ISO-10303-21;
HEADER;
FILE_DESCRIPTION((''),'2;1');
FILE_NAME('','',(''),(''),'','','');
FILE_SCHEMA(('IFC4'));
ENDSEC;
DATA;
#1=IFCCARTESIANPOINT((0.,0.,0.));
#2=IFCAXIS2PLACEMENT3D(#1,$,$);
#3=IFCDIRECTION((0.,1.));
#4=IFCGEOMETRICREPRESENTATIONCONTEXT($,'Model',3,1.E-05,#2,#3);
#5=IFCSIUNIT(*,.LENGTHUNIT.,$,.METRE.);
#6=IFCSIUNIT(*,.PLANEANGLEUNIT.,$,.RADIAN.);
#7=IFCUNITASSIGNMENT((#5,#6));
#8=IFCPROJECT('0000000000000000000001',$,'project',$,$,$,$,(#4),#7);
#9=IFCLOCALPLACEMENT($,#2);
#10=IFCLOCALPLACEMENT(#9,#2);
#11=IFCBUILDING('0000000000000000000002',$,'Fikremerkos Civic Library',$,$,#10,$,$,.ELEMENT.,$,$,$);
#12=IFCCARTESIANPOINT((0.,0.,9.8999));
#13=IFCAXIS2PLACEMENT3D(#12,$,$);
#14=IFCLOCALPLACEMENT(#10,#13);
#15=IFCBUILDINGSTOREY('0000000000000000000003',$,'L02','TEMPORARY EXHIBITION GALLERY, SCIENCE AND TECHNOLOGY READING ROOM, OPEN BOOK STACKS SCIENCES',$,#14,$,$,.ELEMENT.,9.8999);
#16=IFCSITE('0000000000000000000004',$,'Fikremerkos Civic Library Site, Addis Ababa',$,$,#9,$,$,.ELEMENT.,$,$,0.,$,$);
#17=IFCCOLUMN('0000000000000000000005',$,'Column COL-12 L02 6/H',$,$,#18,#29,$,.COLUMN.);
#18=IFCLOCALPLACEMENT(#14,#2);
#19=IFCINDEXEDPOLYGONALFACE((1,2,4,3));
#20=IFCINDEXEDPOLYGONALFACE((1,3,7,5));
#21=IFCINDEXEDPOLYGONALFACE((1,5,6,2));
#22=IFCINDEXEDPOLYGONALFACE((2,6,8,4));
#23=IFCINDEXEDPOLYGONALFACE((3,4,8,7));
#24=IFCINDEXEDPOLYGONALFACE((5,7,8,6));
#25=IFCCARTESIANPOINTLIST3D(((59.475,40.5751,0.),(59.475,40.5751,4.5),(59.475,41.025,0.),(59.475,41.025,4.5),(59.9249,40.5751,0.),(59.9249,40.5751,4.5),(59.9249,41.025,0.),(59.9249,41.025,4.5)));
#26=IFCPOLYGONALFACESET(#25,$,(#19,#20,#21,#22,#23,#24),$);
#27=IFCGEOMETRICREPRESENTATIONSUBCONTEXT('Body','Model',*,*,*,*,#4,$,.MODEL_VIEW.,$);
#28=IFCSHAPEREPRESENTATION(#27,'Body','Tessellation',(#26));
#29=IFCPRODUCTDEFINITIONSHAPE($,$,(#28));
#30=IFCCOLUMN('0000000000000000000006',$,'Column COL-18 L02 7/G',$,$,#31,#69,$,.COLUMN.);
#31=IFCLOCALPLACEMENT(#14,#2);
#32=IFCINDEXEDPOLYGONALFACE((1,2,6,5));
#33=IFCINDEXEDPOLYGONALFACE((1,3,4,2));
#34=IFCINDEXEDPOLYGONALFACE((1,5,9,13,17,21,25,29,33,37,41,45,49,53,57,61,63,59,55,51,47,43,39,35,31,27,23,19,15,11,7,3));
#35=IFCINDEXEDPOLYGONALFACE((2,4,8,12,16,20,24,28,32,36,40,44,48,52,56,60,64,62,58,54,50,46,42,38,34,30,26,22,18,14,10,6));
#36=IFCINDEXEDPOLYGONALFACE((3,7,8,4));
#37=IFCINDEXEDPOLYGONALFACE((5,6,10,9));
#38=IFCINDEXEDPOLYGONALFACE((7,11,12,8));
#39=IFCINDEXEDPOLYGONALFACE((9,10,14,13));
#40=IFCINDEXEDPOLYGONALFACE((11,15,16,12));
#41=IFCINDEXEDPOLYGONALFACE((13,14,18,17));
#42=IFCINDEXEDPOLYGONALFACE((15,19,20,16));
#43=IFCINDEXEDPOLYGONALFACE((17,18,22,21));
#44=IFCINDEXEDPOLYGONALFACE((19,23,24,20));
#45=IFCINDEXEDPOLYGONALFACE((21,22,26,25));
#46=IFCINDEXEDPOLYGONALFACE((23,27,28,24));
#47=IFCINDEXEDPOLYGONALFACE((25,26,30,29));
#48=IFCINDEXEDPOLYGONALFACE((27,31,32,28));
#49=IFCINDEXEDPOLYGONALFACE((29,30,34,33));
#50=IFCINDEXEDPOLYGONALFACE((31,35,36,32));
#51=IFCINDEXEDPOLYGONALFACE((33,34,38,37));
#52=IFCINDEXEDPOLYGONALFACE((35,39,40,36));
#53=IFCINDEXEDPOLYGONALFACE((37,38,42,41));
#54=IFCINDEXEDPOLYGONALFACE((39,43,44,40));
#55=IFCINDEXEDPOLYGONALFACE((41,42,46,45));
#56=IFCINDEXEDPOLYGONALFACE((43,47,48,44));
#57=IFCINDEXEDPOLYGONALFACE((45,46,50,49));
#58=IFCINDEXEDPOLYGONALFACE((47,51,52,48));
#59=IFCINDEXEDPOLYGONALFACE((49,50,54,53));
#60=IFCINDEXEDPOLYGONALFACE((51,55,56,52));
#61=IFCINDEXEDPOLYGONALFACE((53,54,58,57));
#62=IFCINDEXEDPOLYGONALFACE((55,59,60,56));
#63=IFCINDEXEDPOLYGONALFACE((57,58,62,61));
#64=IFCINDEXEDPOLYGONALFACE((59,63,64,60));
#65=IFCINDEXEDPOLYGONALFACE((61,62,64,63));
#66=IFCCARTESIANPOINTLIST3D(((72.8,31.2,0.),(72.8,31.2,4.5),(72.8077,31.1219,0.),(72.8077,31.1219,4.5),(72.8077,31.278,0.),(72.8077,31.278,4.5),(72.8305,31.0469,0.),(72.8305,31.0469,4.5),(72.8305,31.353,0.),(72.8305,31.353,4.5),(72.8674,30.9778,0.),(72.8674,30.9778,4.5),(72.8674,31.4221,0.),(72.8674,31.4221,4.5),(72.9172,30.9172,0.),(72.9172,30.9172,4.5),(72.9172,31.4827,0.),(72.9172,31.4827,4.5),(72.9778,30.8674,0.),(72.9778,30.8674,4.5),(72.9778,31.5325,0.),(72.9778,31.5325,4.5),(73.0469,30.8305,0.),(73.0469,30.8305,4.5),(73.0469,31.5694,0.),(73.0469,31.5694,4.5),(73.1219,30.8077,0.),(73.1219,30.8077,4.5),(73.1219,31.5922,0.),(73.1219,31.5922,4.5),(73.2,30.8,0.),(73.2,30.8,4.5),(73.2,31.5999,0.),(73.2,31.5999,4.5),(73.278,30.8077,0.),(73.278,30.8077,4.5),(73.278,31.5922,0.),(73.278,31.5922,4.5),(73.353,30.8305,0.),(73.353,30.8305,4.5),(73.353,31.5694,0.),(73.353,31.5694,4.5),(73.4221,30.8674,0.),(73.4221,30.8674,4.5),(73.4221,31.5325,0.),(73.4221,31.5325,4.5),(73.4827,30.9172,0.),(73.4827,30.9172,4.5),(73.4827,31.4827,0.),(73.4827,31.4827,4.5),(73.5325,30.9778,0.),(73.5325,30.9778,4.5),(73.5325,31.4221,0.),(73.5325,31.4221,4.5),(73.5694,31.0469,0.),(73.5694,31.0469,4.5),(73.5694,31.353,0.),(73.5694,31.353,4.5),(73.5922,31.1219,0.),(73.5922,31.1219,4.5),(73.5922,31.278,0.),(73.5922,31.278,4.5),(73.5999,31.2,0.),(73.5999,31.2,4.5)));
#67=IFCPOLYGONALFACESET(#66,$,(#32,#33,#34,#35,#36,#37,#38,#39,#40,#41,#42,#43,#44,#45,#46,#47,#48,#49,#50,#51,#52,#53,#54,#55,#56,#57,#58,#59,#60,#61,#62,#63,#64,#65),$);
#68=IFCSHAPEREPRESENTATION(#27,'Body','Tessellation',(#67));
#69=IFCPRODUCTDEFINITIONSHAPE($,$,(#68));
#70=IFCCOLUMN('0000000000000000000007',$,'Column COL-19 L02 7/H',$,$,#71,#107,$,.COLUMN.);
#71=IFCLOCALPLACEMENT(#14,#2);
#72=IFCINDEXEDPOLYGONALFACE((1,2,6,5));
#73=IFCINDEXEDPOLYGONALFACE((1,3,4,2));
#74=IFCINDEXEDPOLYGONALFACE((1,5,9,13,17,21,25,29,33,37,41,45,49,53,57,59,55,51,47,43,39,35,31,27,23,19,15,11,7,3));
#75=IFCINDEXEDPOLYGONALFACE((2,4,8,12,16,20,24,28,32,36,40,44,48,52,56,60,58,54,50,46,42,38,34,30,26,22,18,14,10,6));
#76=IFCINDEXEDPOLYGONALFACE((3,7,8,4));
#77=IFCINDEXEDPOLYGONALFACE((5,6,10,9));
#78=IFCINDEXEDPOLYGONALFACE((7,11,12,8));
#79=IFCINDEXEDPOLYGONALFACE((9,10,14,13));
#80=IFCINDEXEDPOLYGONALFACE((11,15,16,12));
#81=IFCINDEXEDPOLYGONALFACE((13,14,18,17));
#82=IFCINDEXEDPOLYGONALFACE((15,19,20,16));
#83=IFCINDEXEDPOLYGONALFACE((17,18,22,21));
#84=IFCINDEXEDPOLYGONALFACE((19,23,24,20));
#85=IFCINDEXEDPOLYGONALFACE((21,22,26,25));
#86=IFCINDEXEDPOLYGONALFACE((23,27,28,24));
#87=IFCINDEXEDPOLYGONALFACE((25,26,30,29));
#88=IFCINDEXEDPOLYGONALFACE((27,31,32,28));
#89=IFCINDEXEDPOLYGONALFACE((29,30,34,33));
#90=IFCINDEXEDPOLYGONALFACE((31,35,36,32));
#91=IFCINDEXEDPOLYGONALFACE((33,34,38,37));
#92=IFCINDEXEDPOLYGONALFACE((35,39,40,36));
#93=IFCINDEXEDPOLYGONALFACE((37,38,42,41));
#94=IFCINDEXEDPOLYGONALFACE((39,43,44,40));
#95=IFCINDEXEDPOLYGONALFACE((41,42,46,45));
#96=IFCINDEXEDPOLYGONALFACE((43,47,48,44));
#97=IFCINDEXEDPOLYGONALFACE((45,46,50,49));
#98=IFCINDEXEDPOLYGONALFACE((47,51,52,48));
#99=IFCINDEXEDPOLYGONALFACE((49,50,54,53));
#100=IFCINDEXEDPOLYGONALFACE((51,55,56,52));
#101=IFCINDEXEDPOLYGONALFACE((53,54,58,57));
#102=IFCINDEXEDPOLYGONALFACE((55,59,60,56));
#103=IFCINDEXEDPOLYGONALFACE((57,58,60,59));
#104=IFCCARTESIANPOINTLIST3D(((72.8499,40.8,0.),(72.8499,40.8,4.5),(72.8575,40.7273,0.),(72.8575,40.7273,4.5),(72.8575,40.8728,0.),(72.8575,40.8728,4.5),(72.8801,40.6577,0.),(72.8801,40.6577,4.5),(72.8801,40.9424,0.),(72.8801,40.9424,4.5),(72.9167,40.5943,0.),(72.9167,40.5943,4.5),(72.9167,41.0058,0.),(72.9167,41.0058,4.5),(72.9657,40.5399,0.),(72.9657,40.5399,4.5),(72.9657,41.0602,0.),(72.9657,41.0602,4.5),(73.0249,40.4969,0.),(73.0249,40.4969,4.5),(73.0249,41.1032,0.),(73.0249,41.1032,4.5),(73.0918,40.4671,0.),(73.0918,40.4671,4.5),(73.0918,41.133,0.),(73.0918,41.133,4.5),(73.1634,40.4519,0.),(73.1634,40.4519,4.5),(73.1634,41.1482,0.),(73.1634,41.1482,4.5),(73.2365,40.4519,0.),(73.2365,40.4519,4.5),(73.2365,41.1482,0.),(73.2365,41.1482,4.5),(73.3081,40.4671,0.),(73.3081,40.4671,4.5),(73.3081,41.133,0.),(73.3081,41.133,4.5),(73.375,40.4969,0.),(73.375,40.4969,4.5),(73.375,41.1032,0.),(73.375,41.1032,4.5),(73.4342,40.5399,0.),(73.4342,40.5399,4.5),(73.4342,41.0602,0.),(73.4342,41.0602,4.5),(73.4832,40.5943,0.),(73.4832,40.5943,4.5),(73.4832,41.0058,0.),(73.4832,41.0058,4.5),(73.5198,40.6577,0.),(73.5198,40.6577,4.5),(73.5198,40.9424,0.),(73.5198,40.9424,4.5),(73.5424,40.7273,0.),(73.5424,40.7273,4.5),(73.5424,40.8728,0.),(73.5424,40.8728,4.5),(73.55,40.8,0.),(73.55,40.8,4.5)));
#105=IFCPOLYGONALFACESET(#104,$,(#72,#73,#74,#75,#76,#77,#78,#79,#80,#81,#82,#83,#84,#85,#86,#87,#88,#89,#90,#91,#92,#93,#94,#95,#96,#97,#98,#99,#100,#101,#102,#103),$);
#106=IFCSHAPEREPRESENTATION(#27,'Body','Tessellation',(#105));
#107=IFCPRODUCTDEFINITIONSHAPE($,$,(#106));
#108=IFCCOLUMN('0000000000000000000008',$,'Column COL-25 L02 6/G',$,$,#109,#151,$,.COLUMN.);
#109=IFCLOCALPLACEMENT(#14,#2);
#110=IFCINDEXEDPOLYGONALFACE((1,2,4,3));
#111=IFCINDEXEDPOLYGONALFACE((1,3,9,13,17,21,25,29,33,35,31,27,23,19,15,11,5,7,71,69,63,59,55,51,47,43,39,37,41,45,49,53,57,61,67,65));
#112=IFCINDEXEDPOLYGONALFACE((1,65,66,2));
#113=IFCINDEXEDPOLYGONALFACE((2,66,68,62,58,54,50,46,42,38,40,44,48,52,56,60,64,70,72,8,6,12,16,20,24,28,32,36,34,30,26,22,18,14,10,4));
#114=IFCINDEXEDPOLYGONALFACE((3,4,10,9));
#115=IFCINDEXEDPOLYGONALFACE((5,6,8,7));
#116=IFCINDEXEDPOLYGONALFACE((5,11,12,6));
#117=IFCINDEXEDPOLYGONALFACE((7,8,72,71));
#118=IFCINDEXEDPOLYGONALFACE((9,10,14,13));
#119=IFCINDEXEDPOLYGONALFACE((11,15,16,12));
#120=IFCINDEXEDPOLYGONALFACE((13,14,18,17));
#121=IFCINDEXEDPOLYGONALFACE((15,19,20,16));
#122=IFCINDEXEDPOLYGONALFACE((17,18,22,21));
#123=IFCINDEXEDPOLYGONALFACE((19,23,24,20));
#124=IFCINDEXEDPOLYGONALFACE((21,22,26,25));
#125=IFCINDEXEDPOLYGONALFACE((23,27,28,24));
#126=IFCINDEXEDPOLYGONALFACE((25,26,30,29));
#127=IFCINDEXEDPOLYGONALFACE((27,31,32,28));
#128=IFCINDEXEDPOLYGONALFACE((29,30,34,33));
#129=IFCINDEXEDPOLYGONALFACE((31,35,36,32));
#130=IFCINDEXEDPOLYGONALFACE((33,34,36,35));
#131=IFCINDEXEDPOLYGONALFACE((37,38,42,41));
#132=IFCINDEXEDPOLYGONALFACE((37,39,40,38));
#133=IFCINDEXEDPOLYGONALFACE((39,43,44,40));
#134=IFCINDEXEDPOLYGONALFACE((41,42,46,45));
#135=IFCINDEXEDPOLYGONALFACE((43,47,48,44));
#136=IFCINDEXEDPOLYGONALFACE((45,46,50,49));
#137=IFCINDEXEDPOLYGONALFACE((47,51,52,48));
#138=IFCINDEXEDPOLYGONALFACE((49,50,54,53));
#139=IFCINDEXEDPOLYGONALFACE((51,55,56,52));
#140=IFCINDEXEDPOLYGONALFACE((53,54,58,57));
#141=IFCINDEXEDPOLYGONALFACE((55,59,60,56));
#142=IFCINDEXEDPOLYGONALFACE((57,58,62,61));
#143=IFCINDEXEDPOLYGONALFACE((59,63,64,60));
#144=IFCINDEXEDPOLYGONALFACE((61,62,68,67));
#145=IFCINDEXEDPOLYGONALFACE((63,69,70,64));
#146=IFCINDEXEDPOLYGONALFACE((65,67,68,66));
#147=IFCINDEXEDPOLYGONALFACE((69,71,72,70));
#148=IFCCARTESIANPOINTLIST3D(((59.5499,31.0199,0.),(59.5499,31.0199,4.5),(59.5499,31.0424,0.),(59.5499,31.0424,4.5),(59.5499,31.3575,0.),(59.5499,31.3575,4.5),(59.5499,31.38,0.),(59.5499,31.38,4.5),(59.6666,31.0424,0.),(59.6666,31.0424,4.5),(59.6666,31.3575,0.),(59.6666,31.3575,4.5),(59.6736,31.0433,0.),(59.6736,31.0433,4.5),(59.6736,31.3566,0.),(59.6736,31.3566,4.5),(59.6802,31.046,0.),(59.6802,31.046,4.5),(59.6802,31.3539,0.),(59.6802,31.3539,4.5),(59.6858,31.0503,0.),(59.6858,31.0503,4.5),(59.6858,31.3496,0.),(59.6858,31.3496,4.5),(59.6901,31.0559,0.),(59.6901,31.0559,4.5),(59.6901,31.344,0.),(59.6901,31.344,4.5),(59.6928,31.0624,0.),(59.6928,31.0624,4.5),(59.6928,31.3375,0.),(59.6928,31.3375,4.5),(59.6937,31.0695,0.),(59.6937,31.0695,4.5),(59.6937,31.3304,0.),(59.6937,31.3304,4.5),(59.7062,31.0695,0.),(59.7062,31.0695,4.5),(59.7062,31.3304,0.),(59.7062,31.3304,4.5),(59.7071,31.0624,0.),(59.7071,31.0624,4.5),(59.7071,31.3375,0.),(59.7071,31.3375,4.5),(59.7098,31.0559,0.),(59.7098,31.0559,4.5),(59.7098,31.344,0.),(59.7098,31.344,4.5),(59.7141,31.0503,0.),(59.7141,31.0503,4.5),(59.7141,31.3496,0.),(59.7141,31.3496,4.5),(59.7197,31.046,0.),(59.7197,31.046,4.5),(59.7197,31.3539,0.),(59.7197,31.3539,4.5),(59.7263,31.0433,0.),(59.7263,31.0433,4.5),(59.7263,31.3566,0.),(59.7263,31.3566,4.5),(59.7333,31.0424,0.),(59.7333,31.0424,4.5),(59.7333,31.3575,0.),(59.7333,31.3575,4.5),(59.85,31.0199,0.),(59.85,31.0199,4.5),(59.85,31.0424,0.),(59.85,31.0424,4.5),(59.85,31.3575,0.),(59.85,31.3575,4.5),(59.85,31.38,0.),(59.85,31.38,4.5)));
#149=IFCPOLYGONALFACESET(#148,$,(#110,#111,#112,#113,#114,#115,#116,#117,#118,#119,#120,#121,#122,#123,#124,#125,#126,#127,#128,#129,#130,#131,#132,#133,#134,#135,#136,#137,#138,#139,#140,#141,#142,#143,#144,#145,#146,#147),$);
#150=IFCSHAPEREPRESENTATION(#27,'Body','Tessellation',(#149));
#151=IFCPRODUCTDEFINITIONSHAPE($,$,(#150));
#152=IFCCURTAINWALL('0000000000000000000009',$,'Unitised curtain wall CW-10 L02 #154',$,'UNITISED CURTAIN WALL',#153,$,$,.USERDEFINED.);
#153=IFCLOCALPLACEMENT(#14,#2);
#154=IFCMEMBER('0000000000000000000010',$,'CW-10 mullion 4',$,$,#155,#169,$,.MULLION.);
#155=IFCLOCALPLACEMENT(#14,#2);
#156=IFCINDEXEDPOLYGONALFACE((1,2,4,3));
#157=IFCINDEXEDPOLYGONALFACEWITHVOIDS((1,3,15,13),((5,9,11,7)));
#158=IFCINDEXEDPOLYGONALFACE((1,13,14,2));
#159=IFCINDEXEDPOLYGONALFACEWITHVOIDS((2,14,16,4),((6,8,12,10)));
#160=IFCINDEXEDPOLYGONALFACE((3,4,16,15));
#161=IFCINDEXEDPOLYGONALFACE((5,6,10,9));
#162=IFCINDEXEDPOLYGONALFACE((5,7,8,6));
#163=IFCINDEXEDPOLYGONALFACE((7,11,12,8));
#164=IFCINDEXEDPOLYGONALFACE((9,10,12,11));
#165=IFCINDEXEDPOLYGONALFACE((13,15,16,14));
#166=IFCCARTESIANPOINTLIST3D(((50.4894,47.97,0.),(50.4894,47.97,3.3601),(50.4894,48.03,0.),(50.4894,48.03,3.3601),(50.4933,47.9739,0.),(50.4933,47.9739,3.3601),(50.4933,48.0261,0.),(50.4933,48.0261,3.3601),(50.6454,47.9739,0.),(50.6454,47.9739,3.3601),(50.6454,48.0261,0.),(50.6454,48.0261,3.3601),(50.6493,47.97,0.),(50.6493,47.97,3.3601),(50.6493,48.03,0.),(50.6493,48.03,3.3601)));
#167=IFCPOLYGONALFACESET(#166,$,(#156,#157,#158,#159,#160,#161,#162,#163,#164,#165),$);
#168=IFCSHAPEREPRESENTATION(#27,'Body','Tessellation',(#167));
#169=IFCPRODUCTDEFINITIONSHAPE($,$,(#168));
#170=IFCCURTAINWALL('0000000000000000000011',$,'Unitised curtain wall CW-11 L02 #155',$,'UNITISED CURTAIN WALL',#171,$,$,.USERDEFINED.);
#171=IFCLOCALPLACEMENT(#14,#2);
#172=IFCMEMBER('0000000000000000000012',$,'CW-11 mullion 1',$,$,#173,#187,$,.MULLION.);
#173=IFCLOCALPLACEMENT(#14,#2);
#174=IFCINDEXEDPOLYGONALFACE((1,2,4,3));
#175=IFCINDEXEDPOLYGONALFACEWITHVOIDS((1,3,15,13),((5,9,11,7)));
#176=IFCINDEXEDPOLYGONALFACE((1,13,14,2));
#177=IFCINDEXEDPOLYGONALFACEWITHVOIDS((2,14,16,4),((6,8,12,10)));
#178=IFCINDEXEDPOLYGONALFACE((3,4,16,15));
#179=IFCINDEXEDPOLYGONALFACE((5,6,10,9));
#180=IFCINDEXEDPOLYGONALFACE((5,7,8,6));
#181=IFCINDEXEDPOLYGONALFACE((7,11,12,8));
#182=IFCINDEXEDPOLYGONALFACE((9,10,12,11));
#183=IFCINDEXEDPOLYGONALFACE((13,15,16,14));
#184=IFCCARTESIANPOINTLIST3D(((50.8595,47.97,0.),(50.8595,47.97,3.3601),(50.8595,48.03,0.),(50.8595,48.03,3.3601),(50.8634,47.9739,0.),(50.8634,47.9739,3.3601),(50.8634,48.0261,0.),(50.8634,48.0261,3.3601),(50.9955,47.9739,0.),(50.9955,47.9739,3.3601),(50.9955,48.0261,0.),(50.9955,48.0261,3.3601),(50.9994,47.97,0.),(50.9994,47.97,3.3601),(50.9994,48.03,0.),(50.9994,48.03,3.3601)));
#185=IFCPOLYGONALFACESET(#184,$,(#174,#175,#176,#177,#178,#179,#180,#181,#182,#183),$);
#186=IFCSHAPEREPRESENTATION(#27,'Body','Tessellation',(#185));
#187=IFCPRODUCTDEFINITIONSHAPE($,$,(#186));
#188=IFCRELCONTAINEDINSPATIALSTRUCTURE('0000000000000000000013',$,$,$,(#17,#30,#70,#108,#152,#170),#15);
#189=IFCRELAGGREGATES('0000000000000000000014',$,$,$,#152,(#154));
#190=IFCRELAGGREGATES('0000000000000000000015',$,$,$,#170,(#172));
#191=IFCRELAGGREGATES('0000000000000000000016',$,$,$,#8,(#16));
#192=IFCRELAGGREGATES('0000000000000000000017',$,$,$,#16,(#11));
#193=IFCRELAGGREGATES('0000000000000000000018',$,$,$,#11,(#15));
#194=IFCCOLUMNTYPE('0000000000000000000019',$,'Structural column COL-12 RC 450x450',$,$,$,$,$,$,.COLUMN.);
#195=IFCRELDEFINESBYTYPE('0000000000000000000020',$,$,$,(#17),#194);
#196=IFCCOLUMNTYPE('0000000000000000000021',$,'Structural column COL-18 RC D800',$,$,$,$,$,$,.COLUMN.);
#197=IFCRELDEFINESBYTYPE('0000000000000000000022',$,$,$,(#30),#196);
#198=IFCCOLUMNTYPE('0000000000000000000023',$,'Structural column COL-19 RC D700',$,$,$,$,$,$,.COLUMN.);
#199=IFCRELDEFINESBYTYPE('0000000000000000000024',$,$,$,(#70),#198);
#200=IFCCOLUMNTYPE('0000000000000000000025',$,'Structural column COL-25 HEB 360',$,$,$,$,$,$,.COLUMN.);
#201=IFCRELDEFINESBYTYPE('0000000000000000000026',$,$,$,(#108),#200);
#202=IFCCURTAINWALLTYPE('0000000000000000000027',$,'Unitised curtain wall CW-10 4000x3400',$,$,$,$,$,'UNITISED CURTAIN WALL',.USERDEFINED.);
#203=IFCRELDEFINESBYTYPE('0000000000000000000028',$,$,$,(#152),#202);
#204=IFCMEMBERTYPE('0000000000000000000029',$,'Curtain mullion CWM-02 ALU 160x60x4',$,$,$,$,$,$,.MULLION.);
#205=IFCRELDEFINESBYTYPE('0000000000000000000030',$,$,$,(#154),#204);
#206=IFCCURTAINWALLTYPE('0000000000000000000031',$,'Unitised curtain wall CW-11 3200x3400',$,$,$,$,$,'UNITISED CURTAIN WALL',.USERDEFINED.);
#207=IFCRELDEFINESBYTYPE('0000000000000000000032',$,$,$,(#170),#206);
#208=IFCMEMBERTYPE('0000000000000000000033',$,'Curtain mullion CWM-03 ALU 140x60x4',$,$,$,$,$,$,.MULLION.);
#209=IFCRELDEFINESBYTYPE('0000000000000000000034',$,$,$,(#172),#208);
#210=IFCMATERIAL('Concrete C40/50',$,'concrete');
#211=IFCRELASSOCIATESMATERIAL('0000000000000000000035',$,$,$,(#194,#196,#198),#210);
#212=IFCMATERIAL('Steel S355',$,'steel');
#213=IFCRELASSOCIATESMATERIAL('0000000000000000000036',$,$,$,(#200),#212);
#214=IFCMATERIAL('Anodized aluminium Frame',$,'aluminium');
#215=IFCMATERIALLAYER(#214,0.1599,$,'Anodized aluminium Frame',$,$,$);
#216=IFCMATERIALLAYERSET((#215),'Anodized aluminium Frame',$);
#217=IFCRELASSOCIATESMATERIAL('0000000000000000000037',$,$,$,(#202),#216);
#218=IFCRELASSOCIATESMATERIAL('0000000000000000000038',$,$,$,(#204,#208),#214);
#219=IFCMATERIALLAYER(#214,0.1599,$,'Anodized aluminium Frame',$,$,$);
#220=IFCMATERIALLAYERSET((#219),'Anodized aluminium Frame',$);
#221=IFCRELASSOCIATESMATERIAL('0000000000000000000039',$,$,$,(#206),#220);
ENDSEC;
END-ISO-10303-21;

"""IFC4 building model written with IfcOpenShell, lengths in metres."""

from ifc_helpers import new_model, si_unit, direction, frame, origin, origin_2d, place, context, subcontext, project, spatial, rectangle, hollow_rectangle, circle, i_section, extrude, material, layer, layer_set, material_profile, profile_set, type_object, element, aggregate, save


model = new_model("IFC4")

# Units and contexts
model_context = context("Model", 3, precision=1e-05, world=origin(), true_north=direction((0.0, 1.0)))
body_context = subcontext(model_context, "Body", "Model", "MODEL_VIEW")
ifc_project = project(units=[si_unit("LENGTHUNIT", "METRE"), si_unit("PLANEANGLEUNIT", "RADIAN")], contexts=[model_context])

# Site, building, storey
site_placement = place(None, origin())
site = spatial("IfcSite", under=ifc_project, at=site_placement, Name="Fikremerkos Civic Library Site, Addis Ababa", CompositionType="ELEMENT", RefElevation=0.0)
building_placement = place(site_placement, origin())
building = spatial("IfcBuilding", under=site, at=building_placement, Name="Fikremerkos Civic Library", CompositionType="ELEMENT")
storey_placement = place(building_placement, frame((0.0, 0.0, 9.8999)))
storey = spatial("IfcBuildingStorey", under=building, at=storey_placement, Name="L02", Description="TEMPORARY EXHIBITION GALLERY, SCIENCE AND TECHNOLOGY READING ROOM, OPEN BOOK STACKS SCIENCES", CompositionType="ELEMENT", Elevation=9.8999)

# Columns
ifc_material_1 = material(Name="Concrete C40/50", Category="concrete")
ifc_material_profile_1 = material_profile(ifc_material_1, rectangle(XDim=0.45, YDim=0.45, at=origin_2d()), Name="RC 450x450")
ifc_profile_set_1 = profile_set([ifc_material_profile_1], Name="Concrete C40/50")
column_type_1 = type_object("IfcColumnType", Name="Structural column COL-12 RC 450x450", PredefinedType="COLUMN", material=ifc_profile_set_1)
column_1_placement = place(storey_placement, frame((59.7, 40.8, 0.0), z_axis=(0.0, 0.0, 1.0), x_axis=(1.0, 0.0, 0.0)))
element("IfcColumn", 1, at=column_1_placement, inside=storey, type_object=column_type_1, Name="Column COL-12 L02 6/H", PredefinedType="COLUMN", context=body_context, shape_type="SweptSolid", body=[
    extrude(rectangle(XDim=0.45, YDim=0.45, at=origin_2d()), origin(), (0.0, 0.0, 1.0), 4.5),
])
ifc_material_profile_2 = material_profile(ifc_material_1, circle(Radius=0.3999, at=origin_2d()), Name="RC D800")
ifc_profile_set_2 = profile_set([ifc_material_profile_2], Name="Concrete C40/50")
column_type_2 = type_object("IfcColumnType", Name="Structural column COL-18 RC D800", PredefinedType="COLUMN", material=ifc_profile_set_2)
column_2_placement = place(storey_placement, frame((73.2, 31.2, 0.0), z_axis=(0.0, 0.0, 1.0), x_axis=(1.0, 0.0, 0.0)))
element("IfcColumn", 2, at=column_2_placement, inside=storey, type_object=column_type_2, Name="Column COL-18 L02 7/G", PredefinedType="COLUMN", context=body_context, shape_type="SweptSolid", body=[
    extrude(circle(Radius=0.3999, at=origin_2d()), origin(), (0.0, 0.0, 1.0), 4.5),
])
ifc_material_profile_3 = material_profile(ifc_material_1, circle(Radius=0.3501, at=origin_2d()), Name="RC D700")
ifc_profile_set_3 = profile_set([ifc_material_profile_3], Name="Concrete C40/50")
column_type_3 = type_object("IfcColumnType", Name="Structural column COL-19 RC D700", PredefinedType="COLUMN", material=ifc_profile_set_3)
column_3_placement = place(storey_placement, frame((73.2, 40.8, 0.0), z_axis=(0.0, 0.0, 1.0), x_axis=(1.0, 0.0, 0.0)))
element("IfcColumn", 3, at=column_3_placement, inside=storey, type_object=column_type_3, Name="Column COL-19 L02 7/H", PredefinedType="COLUMN", context=body_context, shape_type="SweptSolid", body=[
    extrude(circle(Radius=0.3501, at=origin_2d()), origin(), (0.0, 0.0, 1.0), 4.5),
])
ifc_material_2 = material(Name="Steel S355", Category="steel")
ifc_material_profile_4 = material_profile(ifc_material_2, i_section(OverallWidth=0.3, OverallDepth=0.3601, WebThickness=0.0125, FlangeThickness=0.0225, FilletRadius=0.0271, at=origin_2d()), Name="HEB 360")
ifc_profile_set_4 = profile_set([ifc_material_profile_4], Name="Steel S355")
column_type_4 = type_object("IfcColumnType", Name="Structural column COL-25 HEB 360", PredefinedType="COLUMN", material=ifc_profile_set_4)
column_4_placement = place(storey_placement, frame((59.7, 31.2, 0.0), z_axis=(0.0, 0.0, 1.0), x_axis=(1.0, 0.0, 0.0)))
element("IfcColumn", 4, at=column_4_placement, inside=storey, type_object=column_type_4, Name="Column COL-25 L02 6/G", PredefinedType="COLUMN", context=body_context, shape_type="SweptSolid", body=[
    extrude(i_section(OverallWidth=0.3, OverallDepth=0.3601, WebThickness=0.0125, FlangeThickness=0.0225, FilletRadius=0.0271, at=origin_2d()), origin(), (0.0, 0.0, 1.0), 4.5),
])

# Curtain wall, member
ifc_material_3 = material(Name="Anodized aluminium Frame", Category="aluminium")
ifc_layer_1 = layer(ifc_material_3, 0.1599, Name="Anodized aluminium Frame")
ifc_layer_set_1 = layer_set([ifc_layer_1], Name="Anodized aluminium Frame")
curtain_wall_type_1 = type_object("IfcCurtainWallType", Name="Unitised curtain wall CW-10 4000x3400", ElementType="UNITISED CURTAIN WALL", PredefinedType="USERDEFINED", material=ifc_layer_set_1)
curtain_wall_1_placement = place(storey_placement, origin())
curtain_wall_1 = element("IfcCurtainWall", 5, at=curtain_wall_1_placement, inside=storey, type_object=curtain_wall_type_1, Name="Unitised curtain wall CW-10 L02 #154", ObjectType="UNITISED CURTAIN WALL", PredefinedType="USERDEFINED")
ifc_material_profile_5 = material_profile(ifc_material_3, hollow_rectangle(XDim=0.0601, YDim=0.1599, WallThickness=0.0039, at=origin_2d()), Name="ALU 160x60x4")
ifc_profile_set_5 = profile_set([ifc_material_profile_5], Name="Anodized aluminium Frame")
member_type_1 = type_object("IfcMemberType", Name="Curtain mullion CWM-02 ALU 160x60x4", PredefinedType="MULLION", material=ifc_profile_set_5)
member_1_placement = place(storey_placement, frame((50.5693, 48.0, 0.0), z_axis=(0.0, 0.0, 1.0), x_axis=(0.0, 1.0, 0.0)))
member_1 = element("IfcMember", 6, at=member_1_placement, type_object=member_type_1, Name="CW-10 mullion 4", PredefinedType="MULLION", context=body_context, shape_type="SweptSolid", body=[
    extrude(hollow_rectangle(XDim=0.0601, YDim=0.1599, WallThickness=0.0039, at=origin_2d()), origin(), (0.0, 0.0, 1.0), 3.3601),
])
aggregate(curtain_wall_1, [member_1])

# Curtain wall, member
ifc_layer_2 = layer(ifc_material_3, 0.1599, Name="Anodized aluminium Frame")
ifc_layer_set_2 = layer_set([ifc_layer_2], Name="Anodized aluminium Frame")
curtain_wall_type_2 = type_object("IfcCurtainWallType", Name="Unitised curtain wall CW-11 3200x3400", ElementType="UNITISED CURTAIN WALL", PredefinedType="USERDEFINED", material=ifc_layer_set_2)
curtain_wall_2_placement = place(storey_placement, origin())
curtain_wall_2 = element("IfcCurtainWall", 7, at=curtain_wall_2_placement, inside=storey, type_object=curtain_wall_type_2, Name="Unitised curtain wall CW-11 L02 #155", ObjectType="UNITISED CURTAIN WALL", PredefinedType="USERDEFINED")
ifc_material_profile_6 = material_profile(ifc_material_3, hollow_rectangle(XDim=0.0601, YDim=0.1399, WallThickness=0.0039, at=origin_2d()), Name="ALU 140x60x4")
ifc_profile_set_6 = profile_set([ifc_material_profile_6], Name="Anodized aluminium Frame")
member_type_2 = type_object("IfcMemberType", Name="Curtain mullion CWM-03 ALU 140x60x4", PredefinedType="MULLION", material=ifc_profile_set_6)
member_2_placement = place(storey_placement, frame((50.9294, 48.0, 0.0), z_axis=(0.0, 0.0, 1.0), x_axis=(0.0, 1.0, 0.0)))
member_2 = element("IfcMember", 8, at=member_2_placement, type_object=member_type_2, Name="CW-11 mullion 1", PredefinedType="MULLION", context=body_context, shape_type="SweptSolid", body=[
    extrude(hollow_rectangle(XDim=0.0601, YDim=0.1399, WallThickness=0.0039, at=origin_2d()), origin(), (0.0, 0.0, 1.0), 3.3601),
])
aggregate(curtain_wall_2, [member_2])

save(model, "model.ifc")
